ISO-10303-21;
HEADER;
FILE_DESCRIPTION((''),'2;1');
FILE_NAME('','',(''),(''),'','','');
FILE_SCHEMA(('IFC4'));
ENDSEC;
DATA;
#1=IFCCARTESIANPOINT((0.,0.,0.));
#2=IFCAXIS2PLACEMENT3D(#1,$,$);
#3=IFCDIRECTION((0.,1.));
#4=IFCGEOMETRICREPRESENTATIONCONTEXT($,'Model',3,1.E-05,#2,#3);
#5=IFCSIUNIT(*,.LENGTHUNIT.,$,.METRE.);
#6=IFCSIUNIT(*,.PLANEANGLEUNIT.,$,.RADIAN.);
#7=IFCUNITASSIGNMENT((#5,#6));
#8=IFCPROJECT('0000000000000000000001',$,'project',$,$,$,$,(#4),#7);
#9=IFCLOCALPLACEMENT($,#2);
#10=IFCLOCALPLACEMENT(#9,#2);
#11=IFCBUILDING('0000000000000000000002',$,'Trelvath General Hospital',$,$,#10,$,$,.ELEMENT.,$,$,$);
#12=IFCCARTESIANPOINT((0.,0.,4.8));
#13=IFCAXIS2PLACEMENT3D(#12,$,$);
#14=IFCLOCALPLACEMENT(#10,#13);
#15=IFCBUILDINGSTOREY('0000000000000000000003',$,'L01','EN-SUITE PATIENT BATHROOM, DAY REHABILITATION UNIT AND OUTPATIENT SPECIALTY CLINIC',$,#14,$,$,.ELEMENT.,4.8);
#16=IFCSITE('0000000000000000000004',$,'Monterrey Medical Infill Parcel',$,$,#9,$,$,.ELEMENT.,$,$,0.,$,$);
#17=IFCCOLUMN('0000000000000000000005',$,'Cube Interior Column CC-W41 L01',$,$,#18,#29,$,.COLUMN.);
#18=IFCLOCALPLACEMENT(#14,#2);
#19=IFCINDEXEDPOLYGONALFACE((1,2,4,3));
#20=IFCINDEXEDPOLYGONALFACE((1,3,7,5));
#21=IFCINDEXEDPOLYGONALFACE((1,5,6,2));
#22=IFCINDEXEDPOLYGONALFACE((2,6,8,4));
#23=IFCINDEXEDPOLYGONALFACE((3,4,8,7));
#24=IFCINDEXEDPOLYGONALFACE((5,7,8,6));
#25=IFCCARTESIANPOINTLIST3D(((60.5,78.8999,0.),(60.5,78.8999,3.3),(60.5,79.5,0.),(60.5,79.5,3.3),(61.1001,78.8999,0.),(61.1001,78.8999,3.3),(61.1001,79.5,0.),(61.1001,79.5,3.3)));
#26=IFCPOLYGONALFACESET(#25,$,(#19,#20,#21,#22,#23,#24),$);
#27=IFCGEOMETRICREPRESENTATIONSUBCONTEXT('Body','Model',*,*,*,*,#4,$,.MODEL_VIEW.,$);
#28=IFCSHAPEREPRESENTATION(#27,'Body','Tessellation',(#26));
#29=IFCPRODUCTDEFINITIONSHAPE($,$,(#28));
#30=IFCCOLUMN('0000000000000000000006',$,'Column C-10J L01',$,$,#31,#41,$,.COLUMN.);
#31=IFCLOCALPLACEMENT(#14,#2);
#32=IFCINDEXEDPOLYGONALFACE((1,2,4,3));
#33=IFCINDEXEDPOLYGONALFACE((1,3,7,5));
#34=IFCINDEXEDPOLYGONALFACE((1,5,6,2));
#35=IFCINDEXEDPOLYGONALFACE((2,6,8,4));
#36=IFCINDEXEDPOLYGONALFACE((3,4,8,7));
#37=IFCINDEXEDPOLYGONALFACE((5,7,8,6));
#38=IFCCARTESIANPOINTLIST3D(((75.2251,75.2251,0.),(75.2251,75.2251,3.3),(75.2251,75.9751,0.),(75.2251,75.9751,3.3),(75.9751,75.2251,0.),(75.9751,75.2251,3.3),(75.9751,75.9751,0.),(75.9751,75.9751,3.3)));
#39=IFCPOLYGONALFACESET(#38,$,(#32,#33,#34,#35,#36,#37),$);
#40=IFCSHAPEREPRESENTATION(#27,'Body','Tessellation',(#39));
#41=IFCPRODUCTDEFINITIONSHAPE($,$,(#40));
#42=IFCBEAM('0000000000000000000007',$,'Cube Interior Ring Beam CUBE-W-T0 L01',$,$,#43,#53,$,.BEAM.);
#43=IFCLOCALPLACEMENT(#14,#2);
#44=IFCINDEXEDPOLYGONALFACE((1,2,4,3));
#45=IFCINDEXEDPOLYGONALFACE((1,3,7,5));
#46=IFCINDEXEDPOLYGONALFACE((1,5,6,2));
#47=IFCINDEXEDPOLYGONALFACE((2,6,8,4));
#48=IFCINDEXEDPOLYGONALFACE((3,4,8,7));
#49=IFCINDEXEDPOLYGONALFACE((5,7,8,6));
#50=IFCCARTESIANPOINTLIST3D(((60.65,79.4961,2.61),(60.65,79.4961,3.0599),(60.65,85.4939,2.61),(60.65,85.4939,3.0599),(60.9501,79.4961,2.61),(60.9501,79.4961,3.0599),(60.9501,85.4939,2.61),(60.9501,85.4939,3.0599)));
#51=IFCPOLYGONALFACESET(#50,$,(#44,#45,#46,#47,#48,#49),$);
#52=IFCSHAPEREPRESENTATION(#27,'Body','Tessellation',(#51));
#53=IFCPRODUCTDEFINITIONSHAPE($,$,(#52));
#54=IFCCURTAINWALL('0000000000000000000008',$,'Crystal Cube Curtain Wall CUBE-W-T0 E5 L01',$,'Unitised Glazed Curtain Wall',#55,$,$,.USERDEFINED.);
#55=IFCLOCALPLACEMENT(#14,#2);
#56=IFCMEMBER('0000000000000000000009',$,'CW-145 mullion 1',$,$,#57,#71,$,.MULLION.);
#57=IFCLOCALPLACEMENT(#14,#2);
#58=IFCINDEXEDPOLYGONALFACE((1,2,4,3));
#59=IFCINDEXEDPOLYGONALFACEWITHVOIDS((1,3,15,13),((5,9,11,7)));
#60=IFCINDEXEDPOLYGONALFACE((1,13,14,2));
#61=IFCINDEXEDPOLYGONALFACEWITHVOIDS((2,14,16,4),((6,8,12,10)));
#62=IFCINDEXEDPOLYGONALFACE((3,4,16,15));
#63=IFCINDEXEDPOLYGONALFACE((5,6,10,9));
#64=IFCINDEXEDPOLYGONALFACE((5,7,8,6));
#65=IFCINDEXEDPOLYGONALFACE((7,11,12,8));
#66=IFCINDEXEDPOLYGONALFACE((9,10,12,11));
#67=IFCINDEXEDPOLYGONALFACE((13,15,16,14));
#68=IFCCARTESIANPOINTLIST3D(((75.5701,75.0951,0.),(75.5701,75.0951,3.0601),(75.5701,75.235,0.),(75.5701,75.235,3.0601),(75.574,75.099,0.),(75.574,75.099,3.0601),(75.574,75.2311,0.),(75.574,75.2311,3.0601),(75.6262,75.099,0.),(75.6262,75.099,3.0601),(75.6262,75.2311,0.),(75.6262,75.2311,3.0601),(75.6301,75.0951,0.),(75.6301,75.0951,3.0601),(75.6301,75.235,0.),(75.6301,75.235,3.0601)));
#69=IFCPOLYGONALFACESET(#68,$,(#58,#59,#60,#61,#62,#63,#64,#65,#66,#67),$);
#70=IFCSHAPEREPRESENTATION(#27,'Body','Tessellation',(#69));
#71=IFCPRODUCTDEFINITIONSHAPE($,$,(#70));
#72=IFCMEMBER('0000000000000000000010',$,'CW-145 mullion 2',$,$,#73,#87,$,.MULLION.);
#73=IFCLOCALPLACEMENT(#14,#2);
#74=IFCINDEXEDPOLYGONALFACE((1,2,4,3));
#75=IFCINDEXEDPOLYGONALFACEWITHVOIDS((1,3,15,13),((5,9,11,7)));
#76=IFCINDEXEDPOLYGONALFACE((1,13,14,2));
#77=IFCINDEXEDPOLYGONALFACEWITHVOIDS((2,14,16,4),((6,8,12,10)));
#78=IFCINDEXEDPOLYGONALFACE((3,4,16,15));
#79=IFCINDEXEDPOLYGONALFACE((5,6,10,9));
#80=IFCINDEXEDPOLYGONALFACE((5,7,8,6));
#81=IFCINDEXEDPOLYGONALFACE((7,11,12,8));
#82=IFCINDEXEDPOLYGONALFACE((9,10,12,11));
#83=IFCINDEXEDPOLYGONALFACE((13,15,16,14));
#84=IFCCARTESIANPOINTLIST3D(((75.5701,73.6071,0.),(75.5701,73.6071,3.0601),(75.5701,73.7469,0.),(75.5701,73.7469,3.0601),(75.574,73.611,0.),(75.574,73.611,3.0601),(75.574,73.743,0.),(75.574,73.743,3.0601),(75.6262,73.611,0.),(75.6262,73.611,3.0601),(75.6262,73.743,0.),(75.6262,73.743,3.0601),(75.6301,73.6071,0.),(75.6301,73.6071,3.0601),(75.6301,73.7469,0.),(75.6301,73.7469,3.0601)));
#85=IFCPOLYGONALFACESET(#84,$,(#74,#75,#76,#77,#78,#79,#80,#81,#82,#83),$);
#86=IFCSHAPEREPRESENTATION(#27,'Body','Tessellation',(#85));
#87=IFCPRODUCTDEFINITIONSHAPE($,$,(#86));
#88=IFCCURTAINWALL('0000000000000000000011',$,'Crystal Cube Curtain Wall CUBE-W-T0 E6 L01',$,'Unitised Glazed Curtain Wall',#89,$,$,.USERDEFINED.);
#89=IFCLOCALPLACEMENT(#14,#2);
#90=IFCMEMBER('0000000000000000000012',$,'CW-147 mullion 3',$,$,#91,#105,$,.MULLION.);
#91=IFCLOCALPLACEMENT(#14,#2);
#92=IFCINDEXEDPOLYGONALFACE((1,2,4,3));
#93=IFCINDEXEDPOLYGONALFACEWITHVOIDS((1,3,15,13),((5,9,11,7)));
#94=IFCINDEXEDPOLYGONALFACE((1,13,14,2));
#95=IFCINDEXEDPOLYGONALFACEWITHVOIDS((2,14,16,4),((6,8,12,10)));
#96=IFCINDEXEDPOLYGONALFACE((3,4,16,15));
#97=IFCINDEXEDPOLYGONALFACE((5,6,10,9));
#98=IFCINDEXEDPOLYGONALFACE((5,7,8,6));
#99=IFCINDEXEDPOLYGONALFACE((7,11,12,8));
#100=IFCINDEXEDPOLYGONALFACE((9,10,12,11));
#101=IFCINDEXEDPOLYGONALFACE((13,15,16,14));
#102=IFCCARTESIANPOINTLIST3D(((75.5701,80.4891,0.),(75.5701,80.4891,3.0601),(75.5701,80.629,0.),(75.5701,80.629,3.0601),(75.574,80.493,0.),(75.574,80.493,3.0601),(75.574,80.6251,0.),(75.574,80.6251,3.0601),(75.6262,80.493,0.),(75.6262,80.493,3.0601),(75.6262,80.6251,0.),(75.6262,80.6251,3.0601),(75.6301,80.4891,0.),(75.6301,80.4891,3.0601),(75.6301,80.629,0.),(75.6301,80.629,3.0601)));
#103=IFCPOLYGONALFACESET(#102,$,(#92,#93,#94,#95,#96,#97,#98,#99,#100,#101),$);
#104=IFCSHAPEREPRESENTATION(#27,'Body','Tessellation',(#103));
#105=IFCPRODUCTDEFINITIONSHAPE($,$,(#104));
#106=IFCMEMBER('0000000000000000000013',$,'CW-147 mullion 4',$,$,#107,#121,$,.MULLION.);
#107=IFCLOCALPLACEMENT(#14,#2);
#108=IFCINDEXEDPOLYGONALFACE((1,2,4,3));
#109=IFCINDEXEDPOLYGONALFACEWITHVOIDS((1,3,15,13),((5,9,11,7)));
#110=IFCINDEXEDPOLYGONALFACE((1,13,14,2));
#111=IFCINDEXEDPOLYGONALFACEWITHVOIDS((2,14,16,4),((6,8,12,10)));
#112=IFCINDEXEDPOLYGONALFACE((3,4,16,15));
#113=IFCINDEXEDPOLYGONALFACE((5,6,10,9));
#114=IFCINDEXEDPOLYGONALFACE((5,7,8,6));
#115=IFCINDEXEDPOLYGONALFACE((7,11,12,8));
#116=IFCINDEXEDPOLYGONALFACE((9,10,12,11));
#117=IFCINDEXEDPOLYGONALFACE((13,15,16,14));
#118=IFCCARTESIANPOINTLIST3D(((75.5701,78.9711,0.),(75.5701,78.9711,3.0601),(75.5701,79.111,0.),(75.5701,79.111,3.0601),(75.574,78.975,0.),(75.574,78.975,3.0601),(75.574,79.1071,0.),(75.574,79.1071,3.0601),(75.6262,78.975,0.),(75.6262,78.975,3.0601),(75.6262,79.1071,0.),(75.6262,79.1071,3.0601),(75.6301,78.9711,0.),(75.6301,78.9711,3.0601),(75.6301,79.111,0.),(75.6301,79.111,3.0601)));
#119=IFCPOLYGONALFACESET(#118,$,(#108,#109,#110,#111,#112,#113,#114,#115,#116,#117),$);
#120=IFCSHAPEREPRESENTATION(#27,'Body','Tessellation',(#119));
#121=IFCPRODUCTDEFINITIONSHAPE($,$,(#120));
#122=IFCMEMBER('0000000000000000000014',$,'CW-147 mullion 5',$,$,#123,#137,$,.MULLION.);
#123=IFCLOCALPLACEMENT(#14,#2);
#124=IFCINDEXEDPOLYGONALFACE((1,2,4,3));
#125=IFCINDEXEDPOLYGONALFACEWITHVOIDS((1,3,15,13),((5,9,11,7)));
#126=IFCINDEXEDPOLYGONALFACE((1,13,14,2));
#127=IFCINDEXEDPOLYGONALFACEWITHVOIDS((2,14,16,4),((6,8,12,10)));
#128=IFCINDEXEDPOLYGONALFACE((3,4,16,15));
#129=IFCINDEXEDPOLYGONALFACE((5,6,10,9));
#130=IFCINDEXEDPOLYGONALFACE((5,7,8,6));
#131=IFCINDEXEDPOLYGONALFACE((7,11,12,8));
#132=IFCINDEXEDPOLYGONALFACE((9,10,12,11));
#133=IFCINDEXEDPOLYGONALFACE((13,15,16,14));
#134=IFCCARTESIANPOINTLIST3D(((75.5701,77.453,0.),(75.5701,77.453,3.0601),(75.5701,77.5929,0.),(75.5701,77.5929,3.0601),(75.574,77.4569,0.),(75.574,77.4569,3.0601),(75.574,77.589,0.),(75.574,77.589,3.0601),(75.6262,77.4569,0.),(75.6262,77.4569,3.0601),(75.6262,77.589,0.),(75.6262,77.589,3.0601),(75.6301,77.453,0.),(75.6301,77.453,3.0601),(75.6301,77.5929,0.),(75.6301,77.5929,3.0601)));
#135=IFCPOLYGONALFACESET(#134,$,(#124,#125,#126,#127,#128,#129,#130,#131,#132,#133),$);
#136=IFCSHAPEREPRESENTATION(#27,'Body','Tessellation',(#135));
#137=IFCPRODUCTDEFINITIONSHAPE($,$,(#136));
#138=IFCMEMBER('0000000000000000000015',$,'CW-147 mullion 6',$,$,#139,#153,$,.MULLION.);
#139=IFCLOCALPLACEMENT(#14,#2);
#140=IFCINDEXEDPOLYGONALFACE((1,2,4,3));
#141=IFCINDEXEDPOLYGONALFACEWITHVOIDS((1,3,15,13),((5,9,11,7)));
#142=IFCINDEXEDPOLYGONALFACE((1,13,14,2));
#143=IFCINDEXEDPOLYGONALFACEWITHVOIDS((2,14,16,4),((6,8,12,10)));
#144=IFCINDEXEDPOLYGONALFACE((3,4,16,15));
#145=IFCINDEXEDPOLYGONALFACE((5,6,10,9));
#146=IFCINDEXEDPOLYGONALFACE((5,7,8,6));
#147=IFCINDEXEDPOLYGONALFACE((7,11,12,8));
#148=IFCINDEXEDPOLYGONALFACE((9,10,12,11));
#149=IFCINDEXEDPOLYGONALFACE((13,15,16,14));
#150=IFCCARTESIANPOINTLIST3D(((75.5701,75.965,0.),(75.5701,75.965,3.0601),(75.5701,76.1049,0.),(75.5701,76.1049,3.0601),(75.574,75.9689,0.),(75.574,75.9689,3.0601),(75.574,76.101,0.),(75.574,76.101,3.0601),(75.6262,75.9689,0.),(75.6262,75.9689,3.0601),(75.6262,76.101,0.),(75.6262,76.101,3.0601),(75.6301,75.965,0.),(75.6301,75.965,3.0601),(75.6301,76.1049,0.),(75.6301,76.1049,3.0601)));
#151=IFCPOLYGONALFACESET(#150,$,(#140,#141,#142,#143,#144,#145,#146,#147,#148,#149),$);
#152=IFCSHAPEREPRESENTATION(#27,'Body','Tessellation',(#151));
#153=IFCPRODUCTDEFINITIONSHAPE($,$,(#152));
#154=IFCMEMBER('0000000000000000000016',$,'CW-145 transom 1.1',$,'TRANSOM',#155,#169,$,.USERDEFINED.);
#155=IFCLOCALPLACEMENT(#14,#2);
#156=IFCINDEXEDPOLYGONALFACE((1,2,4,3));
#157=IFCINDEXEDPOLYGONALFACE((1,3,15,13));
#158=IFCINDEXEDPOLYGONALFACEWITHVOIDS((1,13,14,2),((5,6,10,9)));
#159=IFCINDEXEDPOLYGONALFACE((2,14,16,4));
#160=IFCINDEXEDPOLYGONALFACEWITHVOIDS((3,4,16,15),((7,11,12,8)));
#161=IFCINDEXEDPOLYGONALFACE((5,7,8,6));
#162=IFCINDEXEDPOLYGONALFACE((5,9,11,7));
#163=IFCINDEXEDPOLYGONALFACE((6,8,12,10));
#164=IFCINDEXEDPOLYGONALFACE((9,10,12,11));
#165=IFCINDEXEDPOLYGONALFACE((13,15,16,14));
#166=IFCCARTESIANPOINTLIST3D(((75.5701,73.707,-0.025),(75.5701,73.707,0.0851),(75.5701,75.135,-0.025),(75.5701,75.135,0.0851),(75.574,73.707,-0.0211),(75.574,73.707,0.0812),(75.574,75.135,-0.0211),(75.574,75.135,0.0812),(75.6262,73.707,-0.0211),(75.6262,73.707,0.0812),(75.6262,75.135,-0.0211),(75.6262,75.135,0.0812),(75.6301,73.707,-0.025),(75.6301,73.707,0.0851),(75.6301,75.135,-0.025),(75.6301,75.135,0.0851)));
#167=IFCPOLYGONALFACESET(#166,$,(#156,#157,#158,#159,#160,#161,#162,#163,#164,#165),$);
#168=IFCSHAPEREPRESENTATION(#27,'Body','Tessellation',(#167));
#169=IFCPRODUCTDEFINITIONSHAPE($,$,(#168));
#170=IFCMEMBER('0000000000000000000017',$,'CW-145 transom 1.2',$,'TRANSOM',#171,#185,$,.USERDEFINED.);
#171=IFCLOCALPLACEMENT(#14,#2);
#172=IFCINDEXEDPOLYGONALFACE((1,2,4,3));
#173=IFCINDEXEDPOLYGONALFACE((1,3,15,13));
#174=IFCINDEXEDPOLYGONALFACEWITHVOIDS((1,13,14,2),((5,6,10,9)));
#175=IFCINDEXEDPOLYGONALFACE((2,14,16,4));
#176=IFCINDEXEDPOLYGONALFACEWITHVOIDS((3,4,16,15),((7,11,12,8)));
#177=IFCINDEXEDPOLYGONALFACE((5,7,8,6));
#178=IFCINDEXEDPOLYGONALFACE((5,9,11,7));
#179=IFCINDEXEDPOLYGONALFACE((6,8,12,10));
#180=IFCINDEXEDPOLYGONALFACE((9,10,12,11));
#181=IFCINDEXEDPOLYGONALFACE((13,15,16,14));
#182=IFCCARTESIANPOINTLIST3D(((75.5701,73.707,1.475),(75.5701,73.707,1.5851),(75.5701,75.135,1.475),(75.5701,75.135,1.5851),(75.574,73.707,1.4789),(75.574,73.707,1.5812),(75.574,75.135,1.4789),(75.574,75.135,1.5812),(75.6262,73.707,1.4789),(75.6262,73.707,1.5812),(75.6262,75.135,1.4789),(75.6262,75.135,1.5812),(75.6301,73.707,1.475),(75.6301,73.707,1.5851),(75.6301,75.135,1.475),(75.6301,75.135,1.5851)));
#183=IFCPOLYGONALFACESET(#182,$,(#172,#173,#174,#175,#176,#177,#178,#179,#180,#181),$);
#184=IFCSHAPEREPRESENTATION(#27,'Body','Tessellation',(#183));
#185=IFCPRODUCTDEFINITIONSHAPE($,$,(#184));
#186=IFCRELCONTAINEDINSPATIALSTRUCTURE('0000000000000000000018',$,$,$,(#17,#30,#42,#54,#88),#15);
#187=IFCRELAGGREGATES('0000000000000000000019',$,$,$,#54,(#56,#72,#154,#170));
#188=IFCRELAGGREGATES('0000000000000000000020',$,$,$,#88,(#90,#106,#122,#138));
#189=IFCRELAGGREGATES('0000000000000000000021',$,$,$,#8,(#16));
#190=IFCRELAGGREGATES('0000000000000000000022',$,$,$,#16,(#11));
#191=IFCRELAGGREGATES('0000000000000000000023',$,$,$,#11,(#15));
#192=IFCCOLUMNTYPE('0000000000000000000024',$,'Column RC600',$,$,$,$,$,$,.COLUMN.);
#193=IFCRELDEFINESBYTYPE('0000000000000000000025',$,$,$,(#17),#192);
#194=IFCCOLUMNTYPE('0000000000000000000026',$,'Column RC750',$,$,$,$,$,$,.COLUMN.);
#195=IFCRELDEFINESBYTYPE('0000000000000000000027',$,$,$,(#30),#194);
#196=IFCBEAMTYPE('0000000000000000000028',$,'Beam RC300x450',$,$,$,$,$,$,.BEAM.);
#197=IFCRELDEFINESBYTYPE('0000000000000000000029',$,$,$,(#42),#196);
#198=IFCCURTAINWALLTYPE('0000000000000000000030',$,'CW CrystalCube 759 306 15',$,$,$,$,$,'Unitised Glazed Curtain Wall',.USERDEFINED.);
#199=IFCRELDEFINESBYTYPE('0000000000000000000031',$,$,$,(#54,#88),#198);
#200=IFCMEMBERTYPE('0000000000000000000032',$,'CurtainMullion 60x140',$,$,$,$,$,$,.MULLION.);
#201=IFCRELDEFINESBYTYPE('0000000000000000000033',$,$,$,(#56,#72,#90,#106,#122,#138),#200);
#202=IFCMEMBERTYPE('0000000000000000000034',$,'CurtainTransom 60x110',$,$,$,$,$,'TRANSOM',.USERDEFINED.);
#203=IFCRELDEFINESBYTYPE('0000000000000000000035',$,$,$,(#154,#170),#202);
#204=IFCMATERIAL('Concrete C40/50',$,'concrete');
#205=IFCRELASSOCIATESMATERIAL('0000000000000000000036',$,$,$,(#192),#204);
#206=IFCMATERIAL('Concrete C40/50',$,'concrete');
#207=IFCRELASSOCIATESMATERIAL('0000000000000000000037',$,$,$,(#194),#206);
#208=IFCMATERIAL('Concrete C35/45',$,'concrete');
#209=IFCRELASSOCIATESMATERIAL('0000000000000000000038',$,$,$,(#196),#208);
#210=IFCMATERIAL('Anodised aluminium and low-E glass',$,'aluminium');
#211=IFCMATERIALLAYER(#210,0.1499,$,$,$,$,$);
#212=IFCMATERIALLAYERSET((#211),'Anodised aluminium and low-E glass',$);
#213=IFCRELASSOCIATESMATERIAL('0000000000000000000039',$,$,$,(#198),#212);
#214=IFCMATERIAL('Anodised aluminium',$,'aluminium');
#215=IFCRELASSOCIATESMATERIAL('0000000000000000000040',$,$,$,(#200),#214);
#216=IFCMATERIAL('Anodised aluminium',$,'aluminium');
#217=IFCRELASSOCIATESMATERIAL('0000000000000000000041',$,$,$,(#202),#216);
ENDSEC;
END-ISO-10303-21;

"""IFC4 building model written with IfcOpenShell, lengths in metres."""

from ifc_helpers import new_model, si_unit, direction, frame, origin, origin_2d, place, context, subcontext, project, spatial, rectangle, hollow_rectangle, extrude, material, layer, layer_set, material_profile, profile_set, type_object, element, aggregate, save


model = new_model("IFC4")

# Units and contexts
model_context = context("Model", 3, precision=1e-05, world=origin(), true_north=direction((0.0, 1.0)))
body_context = subcontext(model_context, "Body", "Model", "MODEL_VIEW")
ifc_project = project(units=[si_unit("LENGTHUNIT", "METRE"), si_unit("PLANEANGLEUNIT", "RADIAN")], contexts=[model_context])

# Site, building, storey
site_placement = place(None, origin())
site = spatial("IfcSite", under=ifc_project, at=site_placement, Name="Monterrey Medical Infill Parcel", CompositionType="ELEMENT", RefElevation=0.0)
building_placement = place(site_placement, origin())
building = spatial("IfcBuilding", under=site, at=building_placement, Name="Trelvath General Hospital", CompositionType="ELEMENT")
storey_placement = place(building_placement, frame((0.0, 0.0, 4.8)))
storey = spatial("IfcBuildingStorey", under=building, at=storey_placement, Name="L01", Description="EN-SUITE PATIENT BATHROOM, DAY REHABILITATION UNIT AND OUTPATIENT SPECIALTY CLINIC", CompositionType="ELEMENT", Elevation=4.8)

# Columns
ifc_material_1 = material(Name="Concrete C40/50", Category="concrete")
ifc_material_profile_1 = material_profile(ifc_material_1, rectangle(XDim=0.6001, YDim=0.6001, at=origin_2d()), Name="RC600x600")
ifc_profile_set_1 = profile_set([ifc_material_profile_1], Name="Concrete C40/50")
column_type_1 = type_object("IfcColumnType", Name="Column RC600", PredefinedType="COLUMN", material=ifc_profile_set_1)
column_1_placement = place(storey_placement, frame((60.8, 79.2, 0.0), z_axis=(0.0, 0.0, 1.0), x_axis=(1.0, 0.0, 0.0)))
element("IfcColumn", 1, at=column_1_placement, inside=storey, type_object=column_type_1, Name="Cube Interior Column CC-W41 L01", PredefinedType="COLUMN", context=body_context, shape_type="SweptSolid", body=[
    extrude(rectangle(XDim=0.6001, YDim=0.6001, at=origin_2d()), origin(), (0.0, 0.0, 1.0), 3.3),
])
ifc_material_2 = material(Name="Concrete C40/50", Category="concrete")
ifc_material_profile_2 = material_profile(ifc_material_2, rectangle(XDim=0.75, YDim=0.75, at=origin_2d()), Name="RC750x750")
ifc_profile_set_2 = profile_set([ifc_material_profile_2], Name="Concrete C40/50")
column_type_2 = type_object("IfcColumnType", Name="Column RC750", PredefinedType="COLUMN", material=ifc_profile_set_2)
column_2_placement = place(storey_placement, frame((75.6001, 75.6001, 0.0), z_axis=(0.0, 0.0, 1.0), x_axis=(1.0, 0.0, 0.0)))
element("IfcColumn", 2, at=column_2_placement, inside=storey, type_object=column_type_2, Name="Column C-10J L01", PredefinedType="COLUMN", context=body_context, shape_type="SweptSolid", body=[
    extrude(rectangle(XDim=0.75, YDim=0.75, at=origin_2d()), origin(), (0.0, 0.0, 1.0), 3.3),
])

# Beam
ifc_material_3 = material(Name="Concrete C35/45", Category="concrete")
ifc_material_profile_3 = material_profile(ifc_material_3, rectangle(XDim=0.3, YDim=0.45, at=origin_2d()), Name="RCB300x450")
ifc_profile_set_3 = profile_set([ifc_material_profile_3], Name="Concrete C35/45")
beam_type = type_object("IfcBeamType", Name="Beam RC300x450", PredefinedType="BEAM", material=ifc_profile_set_3)
beam_placement = place(storey_placement, frame((60.8, 79.4961, 2.835), z_axis=(0.0, 1.0, 0.0), x_axis=(-1.0, 0.0, 0.0)))
element("IfcBeam", 3, at=beam_placement, inside=storey, type_object=beam_type, Name="Cube Interior Ring Beam CUBE-W-T0 L01", PredefinedType="BEAM", context=body_context, shape_type="SweptSolid", body=[
    extrude(rectangle(XDim=0.3, YDim=0.45, at=origin_2d()), origin(), (0.0, 0.0, 1.0), 5.9978),
])

# Curtain walls, members
ifc_material_4 = material(Name="Anodised aluminium and low-E glass", Category="aluminium")
ifc_layer_1 = layer(ifc_material_4, 0.1499)
ifc_layer_set_1 = layer_set([ifc_layer_1], Name="Anodised aluminium and low-E glass")
curtain_wall_type = type_object("IfcCurtainWallType", Name="CW CrystalCube 759 306 15", ElementType="Unitised Glazed Curtain Wall", PredefinedType="USERDEFINED", material=ifc_layer_set_1)
curtain_wall_1_placement = place(storey_placement, origin())
curtain_wall_1 = element("IfcCurtainWall", 4, at=curtain_wall_1_placement, inside=storey, type_object=curtain_wall_type, Name="Crystal Cube Curtain Wall CUBE-W-T0 E5 L01", ObjectType="Unitised Glazed Curtain Wall", PredefinedType="USERDEFINED")
ifc_material_5 = material(Name="Anodised aluminium", Category="aluminium")
ifc_material_profile_4 = material_profile(ifc_material_5, hollow_rectangle(XDim=0.0601, YDim=0.1399, WallThickness=0.0039, at=origin_2d()), Name="RHS60x140x4")
ifc_profile_set_4 = profile_set([ifc_material_profile_4], Name="Anodised aluminium")
member_type_1 = type_object("IfcMemberType", Name="CurtainMullion 60x140", PredefinedType="MULLION", material=ifc_profile_set_4)
member_1_placement = place(storey_placement, frame((75.6001, 75.165, 0.0), z_axis=(0.0, 0.0, 1.0), x_axis=(1.0, 0.0, 0.0)))
member_1 = element("IfcMember", 5, at=member_1_placement, type_object=member_type_1, Name="CW-145 mullion 1", PredefinedType="MULLION", context=body_context, shape_type="SweptSolid", body=[
    extrude(hollow_rectangle(XDim=0.0601, YDim=0.1399, WallThickness=0.0039, at=origin_2d()), origin(), (0.0, 0.0, 1.0), 3.0601),
])
member_2_placement = place(storey_placement, frame((75.6001, 73.677, 0.0), z_axis=(0.0, 0.0, 1.0), x_axis=(1.0, 0.0, 0.0)))
member_2 = element("IfcMember", 6, at=member_2_placement, type_object=member_type_1, Name="CW-145 mullion 2", PredefinedType="MULLION", context=body_context, shape_type="SweptSolid", body=[
    extrude(hollow_rectangle(XDim=0.0601, YDim=0.1399, WallThickness=0.0039, at=origin_2d()), origin(), (0.0, 0.0, 1.0), 3.0601),
])
curtain_wall_2_placement = place(storey_placement, origin())
curtain_wall_2 = element("IfcCurtainWall", 7, at=curtain_wall_2_placement, inside=storey, type_object=curtain_wall_type, Name="Crystal Cube Curtain Wall CUBE-W-T0 E6 L01", ObjectType="Unitised Glazed Curtain Wall", PredefinedType="USERDEFINED")
member_3_placement = place(storey_placement, frame((75.6001, 80.5591, 0.0), z_axis=(0.0, 0.0, 1.0), x_axis=(1.0, 0.0, 0.0)))
member_3 = element("IfcMember", 8, at=member_3_placement, type_object=member_type_1, Name="CW-147 mullion 3", PredefinedType="MULLION", context=body_context, shape_type="SweptSolid", body=[
    extrude(hollow_rectangle(XDim=0.0601, YDim=0.1399, WallThickness=0.0039, at=origin_2d()), origin(), (0.0, 0.0, 1.0), 3.0601),
])
member_4_placement = place(storey_placement, frame((75.6001, 79.041, 0.0), z_axis=(0.0, 0.0, 1.0), x_axis=(1.0, 0.0, 0.0)))
member_4 = element("IfcMember", 9, at=member_4_placement, type_object=member_type_1, Name="CW-147 mullion 4", PredefinedType="MULLION", context=body_context, shape_type="SweptSolid", body=[
    extrude(hollow_rectangle(XDim=0.0601, YDim=0.1399, WallThickness=0.0039, at=origin_2d()), origin(), (0.0, 0.0, 1.0), 3.0601),
])
member_5_placement = place(storey_placement, frame((75.6001, 77.5229, 0.0), z_axis=(0.0, 0.0, 1.0), x_axis=(1.0, 0.0, 0.0)))
member_5 = element("IfcMember", 10, at=member_5_placement, type_object=member_type_1, Name="CW-147 mullion 5", PredefinedType="MULLION", context=body_context, shape_type="SweptSolid", body=[
    extrude(hollow_rectangle(XDim=0.0601, YDim=0.1399, WallThickness=0.0039, at=origin_2d()), origin(), (0.0, 0.0, 1.0), 3.0601),
])
member_6_placement = place(storey_placement, frame((75.6001, 76.0349, 0.0), z_axis=(0.0, 0.0, 1.0), x_axis=(1.0, 0.0, 0.0)))
member_6 = element("IfcMember", 11, at=member_6_placement, type_object=member_type_1, Name="CW-147 mullion 6", PredefinedType="MULLION", context=body_context, shape_type="SweptSolid", body=[
    extrude(hollow_rectangle(XDim=0.0601, YDim=0.1399, WallThickness=0.0039, at=origin_2d()), origin(), (0.0, 0.0, 1.0), 3.0601),
])

# Members
ifc_material_6 = material(Name="Anodised aluminium", Category="aluminium")
ifc_material_profile_5 = material_profile(ifc_material_6, hollow_rectangle(XDim=0.0601, YDim=0.1101, WallThickness=0.0039, at=origin_2d()), Name="RHS60x110x4")
ifc_profile_set_5 = profile_set([ifc_material_profile_5], Name="Anodised aluminium")
member_type_2 = type_object("IfcMemberType", Name="CurtainTransom 60x110", ElementType="TRANSOM", PredefinedType="USERDEFINED", material=ifc_profile_set_5)
member_7_placement = place(storey_placement, frame((75.6001, 75.135, 0.03), z_axis=(0.0, -1.0, 0.0), x_axis=(1.0, 0.0, 0.0)))
member_7 = element("IfcMember", 12, at=member_7_placement, type_object=member_type_2, Name="CW-145 transom 1.1", ObjectType="TRANSOM", PredefinedType="USERDEFINED", context=body_context, shape_type="SweptSolid", body=[
    extrude(hollow_rectangle(XDim=0.0601, YDim=0.1101, WallThickness=0.0039, at=origin_2d()), origin(), (0.0, 0.0, 1.0), 1.428),
])
member_8_placement = place(storey_placement, frame((75.6001, 75.135, 1.53), z_axis=(0.0, -1.0, 0.0), x_axis=(1.0, 0.0, 0.0)))
member_8 = element("IfcMember", 13, at=member_8_placement, type_object=member_type_2, Name="CW-145 transom 1.2", ObjectType="TRANSOM", PredefinedType="USERDEFINED", context=body_context, shape_type="SweptSolid", body=[
    extrude(hollow_rectangle(XDim=0.0601, YDim=0.1101, WallThickness=0.0039, at=origin_2d()), origin(), (0.0, 0.0, 1.0), 1.428),
])

aggregate(curtain_wall_1, [member_1, member_2, member_7, member_8])
aggregate(curtain_wall_2, [member_3, member_4, member_5, member_6])

save(model, "model.ifc")
